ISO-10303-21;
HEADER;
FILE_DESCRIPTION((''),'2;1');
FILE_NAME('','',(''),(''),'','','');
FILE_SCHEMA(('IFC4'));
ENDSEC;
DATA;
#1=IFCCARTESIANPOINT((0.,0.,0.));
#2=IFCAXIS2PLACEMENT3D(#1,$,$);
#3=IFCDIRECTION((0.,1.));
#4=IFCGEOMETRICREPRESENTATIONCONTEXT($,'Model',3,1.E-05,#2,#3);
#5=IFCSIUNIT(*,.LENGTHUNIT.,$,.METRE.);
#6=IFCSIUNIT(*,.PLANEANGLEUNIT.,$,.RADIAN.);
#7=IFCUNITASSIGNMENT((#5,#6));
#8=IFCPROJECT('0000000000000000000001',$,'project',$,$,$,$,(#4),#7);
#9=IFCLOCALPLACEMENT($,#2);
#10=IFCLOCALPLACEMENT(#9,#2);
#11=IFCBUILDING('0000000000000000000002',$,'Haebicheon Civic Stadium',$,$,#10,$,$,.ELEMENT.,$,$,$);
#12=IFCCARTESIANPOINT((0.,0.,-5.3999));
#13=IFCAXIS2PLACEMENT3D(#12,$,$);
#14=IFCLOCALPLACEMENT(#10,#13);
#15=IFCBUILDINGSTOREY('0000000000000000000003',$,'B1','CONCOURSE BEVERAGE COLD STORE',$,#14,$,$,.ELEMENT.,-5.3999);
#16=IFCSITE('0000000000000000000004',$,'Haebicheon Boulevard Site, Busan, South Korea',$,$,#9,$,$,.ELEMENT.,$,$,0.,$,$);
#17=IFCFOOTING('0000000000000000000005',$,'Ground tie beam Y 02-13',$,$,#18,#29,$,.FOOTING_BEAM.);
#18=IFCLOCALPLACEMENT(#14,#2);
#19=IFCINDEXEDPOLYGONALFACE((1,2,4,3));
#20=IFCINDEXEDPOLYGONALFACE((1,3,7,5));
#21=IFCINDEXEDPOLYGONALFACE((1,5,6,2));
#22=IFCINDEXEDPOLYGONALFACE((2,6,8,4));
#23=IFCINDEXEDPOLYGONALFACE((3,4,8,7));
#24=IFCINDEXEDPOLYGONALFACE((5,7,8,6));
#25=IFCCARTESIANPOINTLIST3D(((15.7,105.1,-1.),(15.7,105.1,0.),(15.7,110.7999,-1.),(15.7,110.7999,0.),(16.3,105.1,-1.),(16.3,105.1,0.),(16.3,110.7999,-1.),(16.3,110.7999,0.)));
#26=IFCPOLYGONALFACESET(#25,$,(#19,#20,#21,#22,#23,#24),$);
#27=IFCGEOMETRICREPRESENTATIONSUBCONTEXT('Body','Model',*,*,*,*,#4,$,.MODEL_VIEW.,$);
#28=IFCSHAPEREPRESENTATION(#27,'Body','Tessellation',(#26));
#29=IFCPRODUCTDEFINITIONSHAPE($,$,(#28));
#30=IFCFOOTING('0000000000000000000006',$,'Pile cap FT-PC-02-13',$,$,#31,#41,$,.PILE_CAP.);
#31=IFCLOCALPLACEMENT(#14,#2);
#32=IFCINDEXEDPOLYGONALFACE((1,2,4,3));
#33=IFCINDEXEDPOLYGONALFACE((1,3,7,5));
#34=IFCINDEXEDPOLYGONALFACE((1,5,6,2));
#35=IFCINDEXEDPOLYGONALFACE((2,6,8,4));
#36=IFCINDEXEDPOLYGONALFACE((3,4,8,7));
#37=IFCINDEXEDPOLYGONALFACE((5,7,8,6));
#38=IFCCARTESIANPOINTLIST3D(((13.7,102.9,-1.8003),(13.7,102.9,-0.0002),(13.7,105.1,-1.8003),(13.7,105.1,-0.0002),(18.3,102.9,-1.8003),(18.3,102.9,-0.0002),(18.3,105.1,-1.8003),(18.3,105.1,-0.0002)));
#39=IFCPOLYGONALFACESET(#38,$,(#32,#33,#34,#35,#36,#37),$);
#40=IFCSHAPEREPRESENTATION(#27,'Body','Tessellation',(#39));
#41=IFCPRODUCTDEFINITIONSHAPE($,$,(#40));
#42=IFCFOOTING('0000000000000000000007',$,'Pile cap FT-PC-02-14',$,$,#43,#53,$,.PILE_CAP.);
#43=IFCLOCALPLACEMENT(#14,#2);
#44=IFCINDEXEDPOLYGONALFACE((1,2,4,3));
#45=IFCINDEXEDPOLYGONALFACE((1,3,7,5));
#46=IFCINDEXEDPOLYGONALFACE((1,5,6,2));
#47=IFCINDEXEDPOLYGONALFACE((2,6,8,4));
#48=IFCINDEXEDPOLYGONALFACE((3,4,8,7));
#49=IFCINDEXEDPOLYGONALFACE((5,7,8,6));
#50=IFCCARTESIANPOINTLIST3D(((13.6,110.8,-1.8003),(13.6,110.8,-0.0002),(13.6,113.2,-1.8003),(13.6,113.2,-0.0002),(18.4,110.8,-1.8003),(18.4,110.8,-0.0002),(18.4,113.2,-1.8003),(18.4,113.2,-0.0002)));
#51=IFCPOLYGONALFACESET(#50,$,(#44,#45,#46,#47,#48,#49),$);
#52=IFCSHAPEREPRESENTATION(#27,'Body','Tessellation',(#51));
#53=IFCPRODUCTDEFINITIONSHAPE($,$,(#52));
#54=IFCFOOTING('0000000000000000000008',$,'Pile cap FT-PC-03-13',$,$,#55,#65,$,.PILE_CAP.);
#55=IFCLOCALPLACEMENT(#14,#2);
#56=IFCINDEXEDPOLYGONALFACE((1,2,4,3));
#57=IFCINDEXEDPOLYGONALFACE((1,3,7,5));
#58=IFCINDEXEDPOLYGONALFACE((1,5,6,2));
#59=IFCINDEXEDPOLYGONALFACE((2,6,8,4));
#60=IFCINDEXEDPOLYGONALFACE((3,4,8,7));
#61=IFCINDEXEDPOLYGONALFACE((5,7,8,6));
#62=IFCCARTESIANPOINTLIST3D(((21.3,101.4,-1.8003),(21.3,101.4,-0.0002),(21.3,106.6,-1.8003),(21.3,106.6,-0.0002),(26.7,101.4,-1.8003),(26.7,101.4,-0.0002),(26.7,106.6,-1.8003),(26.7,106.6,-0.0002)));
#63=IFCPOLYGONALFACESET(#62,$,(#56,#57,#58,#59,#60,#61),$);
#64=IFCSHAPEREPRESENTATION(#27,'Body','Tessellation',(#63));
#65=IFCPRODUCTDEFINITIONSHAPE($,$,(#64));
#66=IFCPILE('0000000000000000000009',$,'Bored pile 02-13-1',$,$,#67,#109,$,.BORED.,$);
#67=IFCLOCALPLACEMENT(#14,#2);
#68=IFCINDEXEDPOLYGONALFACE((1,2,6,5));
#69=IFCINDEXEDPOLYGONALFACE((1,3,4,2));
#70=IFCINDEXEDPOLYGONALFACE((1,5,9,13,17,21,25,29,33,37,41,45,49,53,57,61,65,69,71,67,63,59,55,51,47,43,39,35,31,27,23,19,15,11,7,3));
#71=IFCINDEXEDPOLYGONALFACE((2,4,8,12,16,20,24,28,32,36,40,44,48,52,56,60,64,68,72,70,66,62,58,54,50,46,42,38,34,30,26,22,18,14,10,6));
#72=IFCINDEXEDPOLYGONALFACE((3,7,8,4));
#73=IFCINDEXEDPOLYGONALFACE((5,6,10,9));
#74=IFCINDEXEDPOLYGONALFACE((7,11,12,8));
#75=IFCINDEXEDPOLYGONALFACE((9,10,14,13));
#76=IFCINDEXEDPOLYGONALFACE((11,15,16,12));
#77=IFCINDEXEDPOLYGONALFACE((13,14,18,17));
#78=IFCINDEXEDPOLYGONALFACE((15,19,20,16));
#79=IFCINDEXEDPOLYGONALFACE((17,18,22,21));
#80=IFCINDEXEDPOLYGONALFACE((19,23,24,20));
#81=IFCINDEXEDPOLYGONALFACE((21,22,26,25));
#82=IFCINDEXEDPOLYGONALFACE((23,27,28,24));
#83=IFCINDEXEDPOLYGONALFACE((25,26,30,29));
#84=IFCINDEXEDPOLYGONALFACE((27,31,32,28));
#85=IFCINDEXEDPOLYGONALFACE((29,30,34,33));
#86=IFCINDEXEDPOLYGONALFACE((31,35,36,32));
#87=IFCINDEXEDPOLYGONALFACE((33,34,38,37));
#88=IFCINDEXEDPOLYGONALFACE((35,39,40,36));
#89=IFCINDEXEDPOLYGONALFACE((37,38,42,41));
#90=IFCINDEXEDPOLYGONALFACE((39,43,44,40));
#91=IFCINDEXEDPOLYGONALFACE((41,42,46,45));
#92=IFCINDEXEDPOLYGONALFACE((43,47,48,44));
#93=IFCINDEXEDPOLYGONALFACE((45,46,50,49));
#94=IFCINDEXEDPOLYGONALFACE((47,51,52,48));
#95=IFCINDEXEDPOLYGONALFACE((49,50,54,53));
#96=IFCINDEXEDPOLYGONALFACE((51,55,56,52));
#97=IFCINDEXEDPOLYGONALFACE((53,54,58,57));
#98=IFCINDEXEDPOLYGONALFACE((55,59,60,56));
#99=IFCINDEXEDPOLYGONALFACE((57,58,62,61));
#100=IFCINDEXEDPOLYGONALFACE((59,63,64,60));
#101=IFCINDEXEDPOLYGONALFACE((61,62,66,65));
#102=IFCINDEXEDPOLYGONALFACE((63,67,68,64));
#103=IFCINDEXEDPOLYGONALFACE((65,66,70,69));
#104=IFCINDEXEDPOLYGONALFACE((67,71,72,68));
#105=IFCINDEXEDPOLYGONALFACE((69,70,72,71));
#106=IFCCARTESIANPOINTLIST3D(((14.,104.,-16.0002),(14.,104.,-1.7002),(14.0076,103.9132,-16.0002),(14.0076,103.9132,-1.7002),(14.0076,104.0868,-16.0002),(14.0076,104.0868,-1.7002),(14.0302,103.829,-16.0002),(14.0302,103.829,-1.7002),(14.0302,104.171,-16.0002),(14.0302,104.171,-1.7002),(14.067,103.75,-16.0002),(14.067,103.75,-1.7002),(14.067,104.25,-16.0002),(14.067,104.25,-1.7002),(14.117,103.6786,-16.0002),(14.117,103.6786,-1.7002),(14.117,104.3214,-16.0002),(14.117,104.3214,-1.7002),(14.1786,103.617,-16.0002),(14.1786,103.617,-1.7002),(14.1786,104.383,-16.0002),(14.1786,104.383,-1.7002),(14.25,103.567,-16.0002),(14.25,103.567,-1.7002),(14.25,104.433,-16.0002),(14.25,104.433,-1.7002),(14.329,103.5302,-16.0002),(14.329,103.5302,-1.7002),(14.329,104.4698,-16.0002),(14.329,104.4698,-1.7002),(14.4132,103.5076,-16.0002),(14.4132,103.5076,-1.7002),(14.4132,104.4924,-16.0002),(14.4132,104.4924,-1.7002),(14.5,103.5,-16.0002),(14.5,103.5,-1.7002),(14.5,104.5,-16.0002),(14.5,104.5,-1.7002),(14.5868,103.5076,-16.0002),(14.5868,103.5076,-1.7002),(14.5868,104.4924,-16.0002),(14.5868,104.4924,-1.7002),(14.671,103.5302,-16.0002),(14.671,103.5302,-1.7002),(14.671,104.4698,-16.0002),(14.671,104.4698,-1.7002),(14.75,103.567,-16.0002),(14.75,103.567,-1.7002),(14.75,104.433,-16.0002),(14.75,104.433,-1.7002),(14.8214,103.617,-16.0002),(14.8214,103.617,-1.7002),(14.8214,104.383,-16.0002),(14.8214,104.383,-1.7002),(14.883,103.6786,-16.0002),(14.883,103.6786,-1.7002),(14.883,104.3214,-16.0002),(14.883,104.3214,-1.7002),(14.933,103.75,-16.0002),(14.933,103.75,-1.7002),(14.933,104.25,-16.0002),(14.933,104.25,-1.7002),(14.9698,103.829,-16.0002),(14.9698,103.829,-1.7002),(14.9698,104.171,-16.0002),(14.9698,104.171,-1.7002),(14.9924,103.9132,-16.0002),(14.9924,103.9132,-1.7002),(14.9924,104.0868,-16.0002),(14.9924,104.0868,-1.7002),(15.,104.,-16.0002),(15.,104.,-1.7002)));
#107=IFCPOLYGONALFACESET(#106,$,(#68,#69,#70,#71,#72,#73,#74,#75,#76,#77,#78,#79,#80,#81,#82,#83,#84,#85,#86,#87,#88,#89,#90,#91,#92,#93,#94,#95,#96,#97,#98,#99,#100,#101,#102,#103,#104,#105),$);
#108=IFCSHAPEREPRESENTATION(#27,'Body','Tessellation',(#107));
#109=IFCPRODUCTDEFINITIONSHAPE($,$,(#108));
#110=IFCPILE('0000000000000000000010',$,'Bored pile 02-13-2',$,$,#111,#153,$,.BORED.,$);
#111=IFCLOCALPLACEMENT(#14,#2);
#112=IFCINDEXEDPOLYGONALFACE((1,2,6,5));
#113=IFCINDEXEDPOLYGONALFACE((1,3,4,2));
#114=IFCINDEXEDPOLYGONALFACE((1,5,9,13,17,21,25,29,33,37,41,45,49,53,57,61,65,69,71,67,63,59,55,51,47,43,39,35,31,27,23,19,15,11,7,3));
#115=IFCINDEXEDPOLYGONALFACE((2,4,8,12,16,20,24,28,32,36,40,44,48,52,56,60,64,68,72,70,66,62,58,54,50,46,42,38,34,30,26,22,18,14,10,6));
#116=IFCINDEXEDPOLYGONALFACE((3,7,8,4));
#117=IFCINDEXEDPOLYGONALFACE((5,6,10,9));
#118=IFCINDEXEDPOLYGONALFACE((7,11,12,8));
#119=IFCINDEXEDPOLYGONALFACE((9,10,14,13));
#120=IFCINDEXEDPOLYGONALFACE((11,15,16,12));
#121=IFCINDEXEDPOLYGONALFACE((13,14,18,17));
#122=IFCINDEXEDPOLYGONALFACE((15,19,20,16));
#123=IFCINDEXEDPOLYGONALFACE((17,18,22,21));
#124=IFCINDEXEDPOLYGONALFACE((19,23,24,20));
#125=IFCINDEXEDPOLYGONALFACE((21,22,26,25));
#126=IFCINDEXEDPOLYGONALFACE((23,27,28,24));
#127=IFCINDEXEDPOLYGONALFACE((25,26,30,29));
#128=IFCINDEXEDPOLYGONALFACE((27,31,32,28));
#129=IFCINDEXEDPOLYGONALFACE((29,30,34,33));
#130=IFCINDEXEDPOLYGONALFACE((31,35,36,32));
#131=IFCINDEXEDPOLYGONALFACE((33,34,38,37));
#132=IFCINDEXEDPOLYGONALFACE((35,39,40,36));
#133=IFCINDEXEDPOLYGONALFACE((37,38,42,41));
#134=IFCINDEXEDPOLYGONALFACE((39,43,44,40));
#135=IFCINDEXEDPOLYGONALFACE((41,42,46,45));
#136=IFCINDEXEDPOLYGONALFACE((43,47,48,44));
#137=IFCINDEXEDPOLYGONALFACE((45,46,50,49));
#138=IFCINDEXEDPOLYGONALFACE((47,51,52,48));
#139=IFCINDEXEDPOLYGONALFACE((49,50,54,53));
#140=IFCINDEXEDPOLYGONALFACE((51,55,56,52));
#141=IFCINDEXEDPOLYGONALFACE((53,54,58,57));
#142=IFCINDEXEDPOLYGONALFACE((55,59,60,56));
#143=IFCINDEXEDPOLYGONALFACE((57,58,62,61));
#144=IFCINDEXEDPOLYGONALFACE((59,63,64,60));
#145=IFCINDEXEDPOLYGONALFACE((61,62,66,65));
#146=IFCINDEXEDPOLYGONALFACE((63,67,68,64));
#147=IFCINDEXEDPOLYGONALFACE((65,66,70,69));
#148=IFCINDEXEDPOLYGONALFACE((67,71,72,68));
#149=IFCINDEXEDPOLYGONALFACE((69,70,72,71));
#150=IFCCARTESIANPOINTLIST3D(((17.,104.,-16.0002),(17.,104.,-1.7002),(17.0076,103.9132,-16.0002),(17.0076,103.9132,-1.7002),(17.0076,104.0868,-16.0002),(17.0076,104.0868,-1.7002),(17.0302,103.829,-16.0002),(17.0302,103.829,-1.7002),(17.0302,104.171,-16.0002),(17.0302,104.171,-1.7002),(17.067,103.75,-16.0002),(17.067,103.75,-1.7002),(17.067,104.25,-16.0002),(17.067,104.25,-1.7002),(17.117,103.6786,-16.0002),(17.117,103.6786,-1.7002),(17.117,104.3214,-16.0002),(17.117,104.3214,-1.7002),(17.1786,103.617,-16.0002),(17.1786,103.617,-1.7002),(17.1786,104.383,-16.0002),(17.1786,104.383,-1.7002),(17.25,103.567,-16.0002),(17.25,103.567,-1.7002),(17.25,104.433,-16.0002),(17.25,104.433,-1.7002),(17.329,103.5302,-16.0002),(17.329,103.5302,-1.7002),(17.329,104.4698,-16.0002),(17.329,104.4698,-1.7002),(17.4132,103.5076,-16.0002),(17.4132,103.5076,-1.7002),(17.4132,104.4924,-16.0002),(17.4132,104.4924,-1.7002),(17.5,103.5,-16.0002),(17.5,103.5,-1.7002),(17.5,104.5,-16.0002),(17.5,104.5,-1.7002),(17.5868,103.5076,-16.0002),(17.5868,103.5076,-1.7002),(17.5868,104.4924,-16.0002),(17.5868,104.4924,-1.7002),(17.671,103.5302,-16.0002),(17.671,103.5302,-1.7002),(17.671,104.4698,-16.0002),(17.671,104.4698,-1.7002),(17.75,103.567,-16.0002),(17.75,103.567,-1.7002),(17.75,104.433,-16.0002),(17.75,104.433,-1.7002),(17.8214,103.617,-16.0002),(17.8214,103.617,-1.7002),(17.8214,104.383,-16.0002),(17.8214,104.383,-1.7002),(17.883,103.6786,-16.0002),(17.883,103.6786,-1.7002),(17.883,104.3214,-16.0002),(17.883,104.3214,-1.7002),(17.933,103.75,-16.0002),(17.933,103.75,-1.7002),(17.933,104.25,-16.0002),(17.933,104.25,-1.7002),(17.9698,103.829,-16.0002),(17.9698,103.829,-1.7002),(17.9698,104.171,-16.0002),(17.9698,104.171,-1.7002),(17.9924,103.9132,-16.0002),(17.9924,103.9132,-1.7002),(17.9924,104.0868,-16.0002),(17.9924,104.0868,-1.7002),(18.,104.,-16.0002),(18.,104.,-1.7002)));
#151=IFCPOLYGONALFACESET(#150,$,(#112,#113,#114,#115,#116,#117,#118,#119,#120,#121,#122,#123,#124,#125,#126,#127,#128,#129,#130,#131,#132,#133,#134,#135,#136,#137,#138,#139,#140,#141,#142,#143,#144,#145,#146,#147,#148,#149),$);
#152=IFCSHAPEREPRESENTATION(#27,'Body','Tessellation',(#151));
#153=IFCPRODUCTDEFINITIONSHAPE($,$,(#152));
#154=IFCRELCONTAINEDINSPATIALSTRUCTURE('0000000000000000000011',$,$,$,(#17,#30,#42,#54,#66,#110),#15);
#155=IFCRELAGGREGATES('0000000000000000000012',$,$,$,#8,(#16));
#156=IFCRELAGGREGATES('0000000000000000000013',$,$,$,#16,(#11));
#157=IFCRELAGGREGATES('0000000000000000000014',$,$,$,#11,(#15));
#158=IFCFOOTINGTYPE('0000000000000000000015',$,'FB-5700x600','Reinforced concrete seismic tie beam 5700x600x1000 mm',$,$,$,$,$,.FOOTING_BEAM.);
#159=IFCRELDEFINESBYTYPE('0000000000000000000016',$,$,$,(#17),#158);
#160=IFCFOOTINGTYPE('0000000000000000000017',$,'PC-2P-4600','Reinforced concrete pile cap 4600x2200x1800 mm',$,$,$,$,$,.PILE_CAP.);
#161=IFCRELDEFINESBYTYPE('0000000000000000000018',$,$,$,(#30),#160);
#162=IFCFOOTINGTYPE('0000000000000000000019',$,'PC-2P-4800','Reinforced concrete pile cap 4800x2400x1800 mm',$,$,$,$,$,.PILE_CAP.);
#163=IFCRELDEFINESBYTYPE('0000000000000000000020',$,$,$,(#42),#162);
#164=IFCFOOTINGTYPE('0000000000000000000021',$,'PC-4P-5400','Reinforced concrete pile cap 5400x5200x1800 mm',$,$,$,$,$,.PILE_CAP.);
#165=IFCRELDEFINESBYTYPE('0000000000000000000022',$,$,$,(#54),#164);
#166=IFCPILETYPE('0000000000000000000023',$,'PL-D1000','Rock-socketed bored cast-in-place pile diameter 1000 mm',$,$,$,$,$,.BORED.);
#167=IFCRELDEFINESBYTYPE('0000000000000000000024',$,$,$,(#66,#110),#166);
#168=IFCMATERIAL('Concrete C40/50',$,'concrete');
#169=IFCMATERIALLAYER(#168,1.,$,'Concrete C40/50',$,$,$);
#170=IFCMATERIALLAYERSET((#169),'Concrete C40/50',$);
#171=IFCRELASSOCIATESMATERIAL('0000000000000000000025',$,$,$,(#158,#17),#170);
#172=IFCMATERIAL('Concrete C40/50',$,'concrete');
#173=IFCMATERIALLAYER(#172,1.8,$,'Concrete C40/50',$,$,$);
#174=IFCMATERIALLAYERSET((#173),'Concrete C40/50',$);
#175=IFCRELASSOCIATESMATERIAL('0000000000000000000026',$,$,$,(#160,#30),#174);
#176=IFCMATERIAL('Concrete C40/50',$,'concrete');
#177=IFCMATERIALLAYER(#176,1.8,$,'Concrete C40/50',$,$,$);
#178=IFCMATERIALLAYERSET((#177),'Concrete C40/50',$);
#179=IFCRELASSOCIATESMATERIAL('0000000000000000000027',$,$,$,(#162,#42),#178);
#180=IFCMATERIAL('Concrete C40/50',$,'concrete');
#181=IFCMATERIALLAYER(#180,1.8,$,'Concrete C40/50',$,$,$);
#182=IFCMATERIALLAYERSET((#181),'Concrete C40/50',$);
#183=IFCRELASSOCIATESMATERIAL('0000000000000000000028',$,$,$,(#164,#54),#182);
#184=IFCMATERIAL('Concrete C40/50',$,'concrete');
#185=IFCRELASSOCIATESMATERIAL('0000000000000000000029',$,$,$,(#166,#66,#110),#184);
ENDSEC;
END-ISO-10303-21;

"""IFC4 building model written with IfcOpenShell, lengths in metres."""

from ifc_helpers import new_model, si_unit, direction, frame, origin, origin_2d, place, context, subcontext, project, spatial, rectangle, circle, extrude, material, layer, layer_set, material_profile, profile_set, type_object, element, save


model = new_model("IFC4")

# Units and contexts
model_context = context("Model", 3, precision=1e-05, world=origin(), true_north=direction((0.0, 1.0)))
body_context = subcontext(model_context, "Body", "Model", "MODEL_VIEW")
ifc_project = project(units=[si_unit("LENGTHUNIT", "METRE"), si_unit("PLANEANGLEUNIT", "RADIAN")], contexts=[model_context])

# Site, building, storey
site_placement = place(None, origin())
site = spatial("IfcSite", under=ifc_project, at=site_placement, Name="Haebicheon Boulevard Site, Busan, South Korea", CompositionType="ELEMENT", RefElevation=0.0)
building_placement = place(site_placement, origin())
building = spatial("IfcBuilding", under=site, at=building_placement, Name="Haebicheon Civic Stadium", CompositionType="ELEMENT")
storey_placement = place(building_placement, frame((0.0, 0.0, -5.3999)))
storey = spatial("IfcBuildingStorey", under=building, at=storey_placement, Name="B1", Description="CONCOURSE BEVERAGE COLD STORE", CompositionType="ELEMENT", Elevation=-5.3999)

# Footings
ifc_material_1 = material(Name="Concrete C40/50", Category="concrete")
ifc_layer_1 = layer(ifc_material_1, 1.0, Name="Concrete C40/50")
ifc_layer_set_1 = layer_set([ifc_layer_1], Name="Concrete C40/50")
footing_type_1 = type_object("IfcFootingType", Name="FB-5700x600", Description="Reinforced concrete seismic tie beam 5700x600x1000 mm", PredefinedType="FOOTING_BEAM", material=ifc_layer_set_1)
footing_1_placement = place(storey_placement, frame((16.0, 107.95, -1.0), z_axis=(0.0, 0.0, 1.0), x_axis=(0.0, 1.0, 0.0)))
element("IfcFooting", 1, at=footing_1_placement, inside=storey, type_object=footing_type_1, material=ifc_layer_set_1, Name="Ground tie beam Y 02-13", PredefinedType="FOOTING_BEAM", context=body_context, shape_type="SweptSolid", body=[
    extrude(rectangle(XDim=5.7, YDim=0.6001, at=origin_2d()), origin(), (0.0, 0.0, 1.0), 1.0),
])
ifc_material_2 = material(Name="Concrete C40/50", Category="concrete")
ifc_layer_2 = layer(ifc_material_2, 1.8, Name="Concrete C40/50")
ifc_layer_set_2 = layer_set([ifc_layer_2], Name="Concrete C40/50")
footing_type_2 = type_object("IfcFootingType", Name="PC-2P-4600", Description="Reinforced concrete pile cap 4600x2200x1800 mm", PredefinedType="PILE_CAP", material=ifc_layer_set_2)
footing_2_placement = place(storey_placement, frame((16.0, 104.0, -1.8003), z_axis=(0.0, 0.0, 1.0), x_axis=(1.0, 0.0, 0.0)))
element("IfcFooting", 2, at=footing_2_placement, inside=storey, type_object=footing_type_2, material=ifc_layer_set_2, Name="Pile cap FT-PC-02-13", PredefinedType="PILE_CAP", context=body_context, shape_type="SweptSolid", body=[
    extrude(rectangle(XDim=4.6001, YDim=2.2, at=origin_2d()), origin(), (0.0, 0.0, 1.0), 1.8),
])
ifc_material_3 = material(Name="Concrete C40/50", Category="concrete")
ifc_layer_3 = layer(ifc_material_3, 1.8, Name="Concrete C40/50")
ifc_layer_set_3 = layer_set([ifc_layer_3], Name="Concrete C40/50")
footing_type_3 = type_object("IfcFootingType", Name="PC-2P-4800", Description="Reinforced concrete pile cap 4800x2400x1800 mm", PredefinedType="PILE_CAP", material=ifc_layer_set_3)
footing_3_placement = place(storey_placement, frame((16.0, 112.0, -1.8003), z_axis=(0.0, 0.0, 1.0), x_axis=(1.0, 0.0, 0.0)))
element("IfcFooting", 3, at=footing_3_placement, inside=storey, type_object=footing_type_3, material=ifc_layer_set_3, Name="Pile cap FT-PC-02-14", PredefinedType="PILE_CAP", context=body_context, shape_type="SweptSolid", body=[
    extrude(rectangle(XDim=4.8, YDim=2.3999, at=origin_2d()), origin(), (0.0, 0.0, 1.0), 1.8),
])
ifc_material_4 = material(Name="Concrete C40/50", Category="concrete")
ifc_layer_4 = layer(ifc_material_4, 1.8, Name="Concrete C40/50")
ifc_layer_set_4 = layer_set([ifc_layer_4], Name="Concrete C40/50")
footing_type_4 = type_object("IfcFootingType", Name="PC-4P-5400", Description="Reinforced concrete pile cap 5400x5200x1800 mm", PredefinedType="PILE_CAP", material=ifc_layer_set_4)
footing_4_placement = place(storey_placement, frame((24.0, 104.0, -1.8003), z_axis=(0.0, 0.0, 1.0), x_axis=(1.0, 0.0, 0.0)))
element("IfcFooting", 4, at=footing_4_placement, inside=storey, type_object=footing_type_4, material=ifc_layer_set_4, Name="Pile cap FT-PC-03-13", PredefinedType="PILE_CAP", context=body_context, shape_type="SweptSolid", body=[
    extrude(rectangle(XDim=5.3999, YDim=5.2, at=origin_2d()), origin(), (0.0, 0.0, 1.0), 1.8),
])

# Piles
ifc_material_5 = material(Name="Concrete C40/50", Category="concrete")
ifc_material_profile_1 = material_profile(ifc_material_5, circle(Radius=0.5, at=origin_2d()), Name="PILE-D1000")
ifc_profile_set_1 = profile_set([ifc_material_profile_1], Name="Concrete C40/50")
pile_type_1 = type_object("IfcPileType", Name="PL-D1000", Description="Rock-socketed bored cast-in-place pile diameter 1000 mm", PredefinedType="BORED", material=ifc_profile_set_1)
for number, where, z_axis, x_axis, name in (
    (5, (14.5, 104.0, -1.7002), (0.0, 0.0, -1.0), (1.0, 0.0, 0.0), "Bored pile 02-13-1"),
    (6, (17.5, 104.0, -1.7002), (0.0, 0.0, -1.0), (1.0, 0.0, 0.0), "Bored pile 02-13-2"),
):
    element("IfcPile", number, at=place(storey_placement, frame(where, z_axis=z_axis, x_axis=x_axis)), inside=storey, type_object=pile_type_1, material=ifc_profile_set_1, Name=name, PredefinedType="BORED", context=body_context, shape_type="SweptSolid", body=[
        extrude(circle(Radius=0.5, at=origin_2d()), origin(), (0.0, 0.0, 1.0), 14.3),
    ])

save(model, "model.ifc")
